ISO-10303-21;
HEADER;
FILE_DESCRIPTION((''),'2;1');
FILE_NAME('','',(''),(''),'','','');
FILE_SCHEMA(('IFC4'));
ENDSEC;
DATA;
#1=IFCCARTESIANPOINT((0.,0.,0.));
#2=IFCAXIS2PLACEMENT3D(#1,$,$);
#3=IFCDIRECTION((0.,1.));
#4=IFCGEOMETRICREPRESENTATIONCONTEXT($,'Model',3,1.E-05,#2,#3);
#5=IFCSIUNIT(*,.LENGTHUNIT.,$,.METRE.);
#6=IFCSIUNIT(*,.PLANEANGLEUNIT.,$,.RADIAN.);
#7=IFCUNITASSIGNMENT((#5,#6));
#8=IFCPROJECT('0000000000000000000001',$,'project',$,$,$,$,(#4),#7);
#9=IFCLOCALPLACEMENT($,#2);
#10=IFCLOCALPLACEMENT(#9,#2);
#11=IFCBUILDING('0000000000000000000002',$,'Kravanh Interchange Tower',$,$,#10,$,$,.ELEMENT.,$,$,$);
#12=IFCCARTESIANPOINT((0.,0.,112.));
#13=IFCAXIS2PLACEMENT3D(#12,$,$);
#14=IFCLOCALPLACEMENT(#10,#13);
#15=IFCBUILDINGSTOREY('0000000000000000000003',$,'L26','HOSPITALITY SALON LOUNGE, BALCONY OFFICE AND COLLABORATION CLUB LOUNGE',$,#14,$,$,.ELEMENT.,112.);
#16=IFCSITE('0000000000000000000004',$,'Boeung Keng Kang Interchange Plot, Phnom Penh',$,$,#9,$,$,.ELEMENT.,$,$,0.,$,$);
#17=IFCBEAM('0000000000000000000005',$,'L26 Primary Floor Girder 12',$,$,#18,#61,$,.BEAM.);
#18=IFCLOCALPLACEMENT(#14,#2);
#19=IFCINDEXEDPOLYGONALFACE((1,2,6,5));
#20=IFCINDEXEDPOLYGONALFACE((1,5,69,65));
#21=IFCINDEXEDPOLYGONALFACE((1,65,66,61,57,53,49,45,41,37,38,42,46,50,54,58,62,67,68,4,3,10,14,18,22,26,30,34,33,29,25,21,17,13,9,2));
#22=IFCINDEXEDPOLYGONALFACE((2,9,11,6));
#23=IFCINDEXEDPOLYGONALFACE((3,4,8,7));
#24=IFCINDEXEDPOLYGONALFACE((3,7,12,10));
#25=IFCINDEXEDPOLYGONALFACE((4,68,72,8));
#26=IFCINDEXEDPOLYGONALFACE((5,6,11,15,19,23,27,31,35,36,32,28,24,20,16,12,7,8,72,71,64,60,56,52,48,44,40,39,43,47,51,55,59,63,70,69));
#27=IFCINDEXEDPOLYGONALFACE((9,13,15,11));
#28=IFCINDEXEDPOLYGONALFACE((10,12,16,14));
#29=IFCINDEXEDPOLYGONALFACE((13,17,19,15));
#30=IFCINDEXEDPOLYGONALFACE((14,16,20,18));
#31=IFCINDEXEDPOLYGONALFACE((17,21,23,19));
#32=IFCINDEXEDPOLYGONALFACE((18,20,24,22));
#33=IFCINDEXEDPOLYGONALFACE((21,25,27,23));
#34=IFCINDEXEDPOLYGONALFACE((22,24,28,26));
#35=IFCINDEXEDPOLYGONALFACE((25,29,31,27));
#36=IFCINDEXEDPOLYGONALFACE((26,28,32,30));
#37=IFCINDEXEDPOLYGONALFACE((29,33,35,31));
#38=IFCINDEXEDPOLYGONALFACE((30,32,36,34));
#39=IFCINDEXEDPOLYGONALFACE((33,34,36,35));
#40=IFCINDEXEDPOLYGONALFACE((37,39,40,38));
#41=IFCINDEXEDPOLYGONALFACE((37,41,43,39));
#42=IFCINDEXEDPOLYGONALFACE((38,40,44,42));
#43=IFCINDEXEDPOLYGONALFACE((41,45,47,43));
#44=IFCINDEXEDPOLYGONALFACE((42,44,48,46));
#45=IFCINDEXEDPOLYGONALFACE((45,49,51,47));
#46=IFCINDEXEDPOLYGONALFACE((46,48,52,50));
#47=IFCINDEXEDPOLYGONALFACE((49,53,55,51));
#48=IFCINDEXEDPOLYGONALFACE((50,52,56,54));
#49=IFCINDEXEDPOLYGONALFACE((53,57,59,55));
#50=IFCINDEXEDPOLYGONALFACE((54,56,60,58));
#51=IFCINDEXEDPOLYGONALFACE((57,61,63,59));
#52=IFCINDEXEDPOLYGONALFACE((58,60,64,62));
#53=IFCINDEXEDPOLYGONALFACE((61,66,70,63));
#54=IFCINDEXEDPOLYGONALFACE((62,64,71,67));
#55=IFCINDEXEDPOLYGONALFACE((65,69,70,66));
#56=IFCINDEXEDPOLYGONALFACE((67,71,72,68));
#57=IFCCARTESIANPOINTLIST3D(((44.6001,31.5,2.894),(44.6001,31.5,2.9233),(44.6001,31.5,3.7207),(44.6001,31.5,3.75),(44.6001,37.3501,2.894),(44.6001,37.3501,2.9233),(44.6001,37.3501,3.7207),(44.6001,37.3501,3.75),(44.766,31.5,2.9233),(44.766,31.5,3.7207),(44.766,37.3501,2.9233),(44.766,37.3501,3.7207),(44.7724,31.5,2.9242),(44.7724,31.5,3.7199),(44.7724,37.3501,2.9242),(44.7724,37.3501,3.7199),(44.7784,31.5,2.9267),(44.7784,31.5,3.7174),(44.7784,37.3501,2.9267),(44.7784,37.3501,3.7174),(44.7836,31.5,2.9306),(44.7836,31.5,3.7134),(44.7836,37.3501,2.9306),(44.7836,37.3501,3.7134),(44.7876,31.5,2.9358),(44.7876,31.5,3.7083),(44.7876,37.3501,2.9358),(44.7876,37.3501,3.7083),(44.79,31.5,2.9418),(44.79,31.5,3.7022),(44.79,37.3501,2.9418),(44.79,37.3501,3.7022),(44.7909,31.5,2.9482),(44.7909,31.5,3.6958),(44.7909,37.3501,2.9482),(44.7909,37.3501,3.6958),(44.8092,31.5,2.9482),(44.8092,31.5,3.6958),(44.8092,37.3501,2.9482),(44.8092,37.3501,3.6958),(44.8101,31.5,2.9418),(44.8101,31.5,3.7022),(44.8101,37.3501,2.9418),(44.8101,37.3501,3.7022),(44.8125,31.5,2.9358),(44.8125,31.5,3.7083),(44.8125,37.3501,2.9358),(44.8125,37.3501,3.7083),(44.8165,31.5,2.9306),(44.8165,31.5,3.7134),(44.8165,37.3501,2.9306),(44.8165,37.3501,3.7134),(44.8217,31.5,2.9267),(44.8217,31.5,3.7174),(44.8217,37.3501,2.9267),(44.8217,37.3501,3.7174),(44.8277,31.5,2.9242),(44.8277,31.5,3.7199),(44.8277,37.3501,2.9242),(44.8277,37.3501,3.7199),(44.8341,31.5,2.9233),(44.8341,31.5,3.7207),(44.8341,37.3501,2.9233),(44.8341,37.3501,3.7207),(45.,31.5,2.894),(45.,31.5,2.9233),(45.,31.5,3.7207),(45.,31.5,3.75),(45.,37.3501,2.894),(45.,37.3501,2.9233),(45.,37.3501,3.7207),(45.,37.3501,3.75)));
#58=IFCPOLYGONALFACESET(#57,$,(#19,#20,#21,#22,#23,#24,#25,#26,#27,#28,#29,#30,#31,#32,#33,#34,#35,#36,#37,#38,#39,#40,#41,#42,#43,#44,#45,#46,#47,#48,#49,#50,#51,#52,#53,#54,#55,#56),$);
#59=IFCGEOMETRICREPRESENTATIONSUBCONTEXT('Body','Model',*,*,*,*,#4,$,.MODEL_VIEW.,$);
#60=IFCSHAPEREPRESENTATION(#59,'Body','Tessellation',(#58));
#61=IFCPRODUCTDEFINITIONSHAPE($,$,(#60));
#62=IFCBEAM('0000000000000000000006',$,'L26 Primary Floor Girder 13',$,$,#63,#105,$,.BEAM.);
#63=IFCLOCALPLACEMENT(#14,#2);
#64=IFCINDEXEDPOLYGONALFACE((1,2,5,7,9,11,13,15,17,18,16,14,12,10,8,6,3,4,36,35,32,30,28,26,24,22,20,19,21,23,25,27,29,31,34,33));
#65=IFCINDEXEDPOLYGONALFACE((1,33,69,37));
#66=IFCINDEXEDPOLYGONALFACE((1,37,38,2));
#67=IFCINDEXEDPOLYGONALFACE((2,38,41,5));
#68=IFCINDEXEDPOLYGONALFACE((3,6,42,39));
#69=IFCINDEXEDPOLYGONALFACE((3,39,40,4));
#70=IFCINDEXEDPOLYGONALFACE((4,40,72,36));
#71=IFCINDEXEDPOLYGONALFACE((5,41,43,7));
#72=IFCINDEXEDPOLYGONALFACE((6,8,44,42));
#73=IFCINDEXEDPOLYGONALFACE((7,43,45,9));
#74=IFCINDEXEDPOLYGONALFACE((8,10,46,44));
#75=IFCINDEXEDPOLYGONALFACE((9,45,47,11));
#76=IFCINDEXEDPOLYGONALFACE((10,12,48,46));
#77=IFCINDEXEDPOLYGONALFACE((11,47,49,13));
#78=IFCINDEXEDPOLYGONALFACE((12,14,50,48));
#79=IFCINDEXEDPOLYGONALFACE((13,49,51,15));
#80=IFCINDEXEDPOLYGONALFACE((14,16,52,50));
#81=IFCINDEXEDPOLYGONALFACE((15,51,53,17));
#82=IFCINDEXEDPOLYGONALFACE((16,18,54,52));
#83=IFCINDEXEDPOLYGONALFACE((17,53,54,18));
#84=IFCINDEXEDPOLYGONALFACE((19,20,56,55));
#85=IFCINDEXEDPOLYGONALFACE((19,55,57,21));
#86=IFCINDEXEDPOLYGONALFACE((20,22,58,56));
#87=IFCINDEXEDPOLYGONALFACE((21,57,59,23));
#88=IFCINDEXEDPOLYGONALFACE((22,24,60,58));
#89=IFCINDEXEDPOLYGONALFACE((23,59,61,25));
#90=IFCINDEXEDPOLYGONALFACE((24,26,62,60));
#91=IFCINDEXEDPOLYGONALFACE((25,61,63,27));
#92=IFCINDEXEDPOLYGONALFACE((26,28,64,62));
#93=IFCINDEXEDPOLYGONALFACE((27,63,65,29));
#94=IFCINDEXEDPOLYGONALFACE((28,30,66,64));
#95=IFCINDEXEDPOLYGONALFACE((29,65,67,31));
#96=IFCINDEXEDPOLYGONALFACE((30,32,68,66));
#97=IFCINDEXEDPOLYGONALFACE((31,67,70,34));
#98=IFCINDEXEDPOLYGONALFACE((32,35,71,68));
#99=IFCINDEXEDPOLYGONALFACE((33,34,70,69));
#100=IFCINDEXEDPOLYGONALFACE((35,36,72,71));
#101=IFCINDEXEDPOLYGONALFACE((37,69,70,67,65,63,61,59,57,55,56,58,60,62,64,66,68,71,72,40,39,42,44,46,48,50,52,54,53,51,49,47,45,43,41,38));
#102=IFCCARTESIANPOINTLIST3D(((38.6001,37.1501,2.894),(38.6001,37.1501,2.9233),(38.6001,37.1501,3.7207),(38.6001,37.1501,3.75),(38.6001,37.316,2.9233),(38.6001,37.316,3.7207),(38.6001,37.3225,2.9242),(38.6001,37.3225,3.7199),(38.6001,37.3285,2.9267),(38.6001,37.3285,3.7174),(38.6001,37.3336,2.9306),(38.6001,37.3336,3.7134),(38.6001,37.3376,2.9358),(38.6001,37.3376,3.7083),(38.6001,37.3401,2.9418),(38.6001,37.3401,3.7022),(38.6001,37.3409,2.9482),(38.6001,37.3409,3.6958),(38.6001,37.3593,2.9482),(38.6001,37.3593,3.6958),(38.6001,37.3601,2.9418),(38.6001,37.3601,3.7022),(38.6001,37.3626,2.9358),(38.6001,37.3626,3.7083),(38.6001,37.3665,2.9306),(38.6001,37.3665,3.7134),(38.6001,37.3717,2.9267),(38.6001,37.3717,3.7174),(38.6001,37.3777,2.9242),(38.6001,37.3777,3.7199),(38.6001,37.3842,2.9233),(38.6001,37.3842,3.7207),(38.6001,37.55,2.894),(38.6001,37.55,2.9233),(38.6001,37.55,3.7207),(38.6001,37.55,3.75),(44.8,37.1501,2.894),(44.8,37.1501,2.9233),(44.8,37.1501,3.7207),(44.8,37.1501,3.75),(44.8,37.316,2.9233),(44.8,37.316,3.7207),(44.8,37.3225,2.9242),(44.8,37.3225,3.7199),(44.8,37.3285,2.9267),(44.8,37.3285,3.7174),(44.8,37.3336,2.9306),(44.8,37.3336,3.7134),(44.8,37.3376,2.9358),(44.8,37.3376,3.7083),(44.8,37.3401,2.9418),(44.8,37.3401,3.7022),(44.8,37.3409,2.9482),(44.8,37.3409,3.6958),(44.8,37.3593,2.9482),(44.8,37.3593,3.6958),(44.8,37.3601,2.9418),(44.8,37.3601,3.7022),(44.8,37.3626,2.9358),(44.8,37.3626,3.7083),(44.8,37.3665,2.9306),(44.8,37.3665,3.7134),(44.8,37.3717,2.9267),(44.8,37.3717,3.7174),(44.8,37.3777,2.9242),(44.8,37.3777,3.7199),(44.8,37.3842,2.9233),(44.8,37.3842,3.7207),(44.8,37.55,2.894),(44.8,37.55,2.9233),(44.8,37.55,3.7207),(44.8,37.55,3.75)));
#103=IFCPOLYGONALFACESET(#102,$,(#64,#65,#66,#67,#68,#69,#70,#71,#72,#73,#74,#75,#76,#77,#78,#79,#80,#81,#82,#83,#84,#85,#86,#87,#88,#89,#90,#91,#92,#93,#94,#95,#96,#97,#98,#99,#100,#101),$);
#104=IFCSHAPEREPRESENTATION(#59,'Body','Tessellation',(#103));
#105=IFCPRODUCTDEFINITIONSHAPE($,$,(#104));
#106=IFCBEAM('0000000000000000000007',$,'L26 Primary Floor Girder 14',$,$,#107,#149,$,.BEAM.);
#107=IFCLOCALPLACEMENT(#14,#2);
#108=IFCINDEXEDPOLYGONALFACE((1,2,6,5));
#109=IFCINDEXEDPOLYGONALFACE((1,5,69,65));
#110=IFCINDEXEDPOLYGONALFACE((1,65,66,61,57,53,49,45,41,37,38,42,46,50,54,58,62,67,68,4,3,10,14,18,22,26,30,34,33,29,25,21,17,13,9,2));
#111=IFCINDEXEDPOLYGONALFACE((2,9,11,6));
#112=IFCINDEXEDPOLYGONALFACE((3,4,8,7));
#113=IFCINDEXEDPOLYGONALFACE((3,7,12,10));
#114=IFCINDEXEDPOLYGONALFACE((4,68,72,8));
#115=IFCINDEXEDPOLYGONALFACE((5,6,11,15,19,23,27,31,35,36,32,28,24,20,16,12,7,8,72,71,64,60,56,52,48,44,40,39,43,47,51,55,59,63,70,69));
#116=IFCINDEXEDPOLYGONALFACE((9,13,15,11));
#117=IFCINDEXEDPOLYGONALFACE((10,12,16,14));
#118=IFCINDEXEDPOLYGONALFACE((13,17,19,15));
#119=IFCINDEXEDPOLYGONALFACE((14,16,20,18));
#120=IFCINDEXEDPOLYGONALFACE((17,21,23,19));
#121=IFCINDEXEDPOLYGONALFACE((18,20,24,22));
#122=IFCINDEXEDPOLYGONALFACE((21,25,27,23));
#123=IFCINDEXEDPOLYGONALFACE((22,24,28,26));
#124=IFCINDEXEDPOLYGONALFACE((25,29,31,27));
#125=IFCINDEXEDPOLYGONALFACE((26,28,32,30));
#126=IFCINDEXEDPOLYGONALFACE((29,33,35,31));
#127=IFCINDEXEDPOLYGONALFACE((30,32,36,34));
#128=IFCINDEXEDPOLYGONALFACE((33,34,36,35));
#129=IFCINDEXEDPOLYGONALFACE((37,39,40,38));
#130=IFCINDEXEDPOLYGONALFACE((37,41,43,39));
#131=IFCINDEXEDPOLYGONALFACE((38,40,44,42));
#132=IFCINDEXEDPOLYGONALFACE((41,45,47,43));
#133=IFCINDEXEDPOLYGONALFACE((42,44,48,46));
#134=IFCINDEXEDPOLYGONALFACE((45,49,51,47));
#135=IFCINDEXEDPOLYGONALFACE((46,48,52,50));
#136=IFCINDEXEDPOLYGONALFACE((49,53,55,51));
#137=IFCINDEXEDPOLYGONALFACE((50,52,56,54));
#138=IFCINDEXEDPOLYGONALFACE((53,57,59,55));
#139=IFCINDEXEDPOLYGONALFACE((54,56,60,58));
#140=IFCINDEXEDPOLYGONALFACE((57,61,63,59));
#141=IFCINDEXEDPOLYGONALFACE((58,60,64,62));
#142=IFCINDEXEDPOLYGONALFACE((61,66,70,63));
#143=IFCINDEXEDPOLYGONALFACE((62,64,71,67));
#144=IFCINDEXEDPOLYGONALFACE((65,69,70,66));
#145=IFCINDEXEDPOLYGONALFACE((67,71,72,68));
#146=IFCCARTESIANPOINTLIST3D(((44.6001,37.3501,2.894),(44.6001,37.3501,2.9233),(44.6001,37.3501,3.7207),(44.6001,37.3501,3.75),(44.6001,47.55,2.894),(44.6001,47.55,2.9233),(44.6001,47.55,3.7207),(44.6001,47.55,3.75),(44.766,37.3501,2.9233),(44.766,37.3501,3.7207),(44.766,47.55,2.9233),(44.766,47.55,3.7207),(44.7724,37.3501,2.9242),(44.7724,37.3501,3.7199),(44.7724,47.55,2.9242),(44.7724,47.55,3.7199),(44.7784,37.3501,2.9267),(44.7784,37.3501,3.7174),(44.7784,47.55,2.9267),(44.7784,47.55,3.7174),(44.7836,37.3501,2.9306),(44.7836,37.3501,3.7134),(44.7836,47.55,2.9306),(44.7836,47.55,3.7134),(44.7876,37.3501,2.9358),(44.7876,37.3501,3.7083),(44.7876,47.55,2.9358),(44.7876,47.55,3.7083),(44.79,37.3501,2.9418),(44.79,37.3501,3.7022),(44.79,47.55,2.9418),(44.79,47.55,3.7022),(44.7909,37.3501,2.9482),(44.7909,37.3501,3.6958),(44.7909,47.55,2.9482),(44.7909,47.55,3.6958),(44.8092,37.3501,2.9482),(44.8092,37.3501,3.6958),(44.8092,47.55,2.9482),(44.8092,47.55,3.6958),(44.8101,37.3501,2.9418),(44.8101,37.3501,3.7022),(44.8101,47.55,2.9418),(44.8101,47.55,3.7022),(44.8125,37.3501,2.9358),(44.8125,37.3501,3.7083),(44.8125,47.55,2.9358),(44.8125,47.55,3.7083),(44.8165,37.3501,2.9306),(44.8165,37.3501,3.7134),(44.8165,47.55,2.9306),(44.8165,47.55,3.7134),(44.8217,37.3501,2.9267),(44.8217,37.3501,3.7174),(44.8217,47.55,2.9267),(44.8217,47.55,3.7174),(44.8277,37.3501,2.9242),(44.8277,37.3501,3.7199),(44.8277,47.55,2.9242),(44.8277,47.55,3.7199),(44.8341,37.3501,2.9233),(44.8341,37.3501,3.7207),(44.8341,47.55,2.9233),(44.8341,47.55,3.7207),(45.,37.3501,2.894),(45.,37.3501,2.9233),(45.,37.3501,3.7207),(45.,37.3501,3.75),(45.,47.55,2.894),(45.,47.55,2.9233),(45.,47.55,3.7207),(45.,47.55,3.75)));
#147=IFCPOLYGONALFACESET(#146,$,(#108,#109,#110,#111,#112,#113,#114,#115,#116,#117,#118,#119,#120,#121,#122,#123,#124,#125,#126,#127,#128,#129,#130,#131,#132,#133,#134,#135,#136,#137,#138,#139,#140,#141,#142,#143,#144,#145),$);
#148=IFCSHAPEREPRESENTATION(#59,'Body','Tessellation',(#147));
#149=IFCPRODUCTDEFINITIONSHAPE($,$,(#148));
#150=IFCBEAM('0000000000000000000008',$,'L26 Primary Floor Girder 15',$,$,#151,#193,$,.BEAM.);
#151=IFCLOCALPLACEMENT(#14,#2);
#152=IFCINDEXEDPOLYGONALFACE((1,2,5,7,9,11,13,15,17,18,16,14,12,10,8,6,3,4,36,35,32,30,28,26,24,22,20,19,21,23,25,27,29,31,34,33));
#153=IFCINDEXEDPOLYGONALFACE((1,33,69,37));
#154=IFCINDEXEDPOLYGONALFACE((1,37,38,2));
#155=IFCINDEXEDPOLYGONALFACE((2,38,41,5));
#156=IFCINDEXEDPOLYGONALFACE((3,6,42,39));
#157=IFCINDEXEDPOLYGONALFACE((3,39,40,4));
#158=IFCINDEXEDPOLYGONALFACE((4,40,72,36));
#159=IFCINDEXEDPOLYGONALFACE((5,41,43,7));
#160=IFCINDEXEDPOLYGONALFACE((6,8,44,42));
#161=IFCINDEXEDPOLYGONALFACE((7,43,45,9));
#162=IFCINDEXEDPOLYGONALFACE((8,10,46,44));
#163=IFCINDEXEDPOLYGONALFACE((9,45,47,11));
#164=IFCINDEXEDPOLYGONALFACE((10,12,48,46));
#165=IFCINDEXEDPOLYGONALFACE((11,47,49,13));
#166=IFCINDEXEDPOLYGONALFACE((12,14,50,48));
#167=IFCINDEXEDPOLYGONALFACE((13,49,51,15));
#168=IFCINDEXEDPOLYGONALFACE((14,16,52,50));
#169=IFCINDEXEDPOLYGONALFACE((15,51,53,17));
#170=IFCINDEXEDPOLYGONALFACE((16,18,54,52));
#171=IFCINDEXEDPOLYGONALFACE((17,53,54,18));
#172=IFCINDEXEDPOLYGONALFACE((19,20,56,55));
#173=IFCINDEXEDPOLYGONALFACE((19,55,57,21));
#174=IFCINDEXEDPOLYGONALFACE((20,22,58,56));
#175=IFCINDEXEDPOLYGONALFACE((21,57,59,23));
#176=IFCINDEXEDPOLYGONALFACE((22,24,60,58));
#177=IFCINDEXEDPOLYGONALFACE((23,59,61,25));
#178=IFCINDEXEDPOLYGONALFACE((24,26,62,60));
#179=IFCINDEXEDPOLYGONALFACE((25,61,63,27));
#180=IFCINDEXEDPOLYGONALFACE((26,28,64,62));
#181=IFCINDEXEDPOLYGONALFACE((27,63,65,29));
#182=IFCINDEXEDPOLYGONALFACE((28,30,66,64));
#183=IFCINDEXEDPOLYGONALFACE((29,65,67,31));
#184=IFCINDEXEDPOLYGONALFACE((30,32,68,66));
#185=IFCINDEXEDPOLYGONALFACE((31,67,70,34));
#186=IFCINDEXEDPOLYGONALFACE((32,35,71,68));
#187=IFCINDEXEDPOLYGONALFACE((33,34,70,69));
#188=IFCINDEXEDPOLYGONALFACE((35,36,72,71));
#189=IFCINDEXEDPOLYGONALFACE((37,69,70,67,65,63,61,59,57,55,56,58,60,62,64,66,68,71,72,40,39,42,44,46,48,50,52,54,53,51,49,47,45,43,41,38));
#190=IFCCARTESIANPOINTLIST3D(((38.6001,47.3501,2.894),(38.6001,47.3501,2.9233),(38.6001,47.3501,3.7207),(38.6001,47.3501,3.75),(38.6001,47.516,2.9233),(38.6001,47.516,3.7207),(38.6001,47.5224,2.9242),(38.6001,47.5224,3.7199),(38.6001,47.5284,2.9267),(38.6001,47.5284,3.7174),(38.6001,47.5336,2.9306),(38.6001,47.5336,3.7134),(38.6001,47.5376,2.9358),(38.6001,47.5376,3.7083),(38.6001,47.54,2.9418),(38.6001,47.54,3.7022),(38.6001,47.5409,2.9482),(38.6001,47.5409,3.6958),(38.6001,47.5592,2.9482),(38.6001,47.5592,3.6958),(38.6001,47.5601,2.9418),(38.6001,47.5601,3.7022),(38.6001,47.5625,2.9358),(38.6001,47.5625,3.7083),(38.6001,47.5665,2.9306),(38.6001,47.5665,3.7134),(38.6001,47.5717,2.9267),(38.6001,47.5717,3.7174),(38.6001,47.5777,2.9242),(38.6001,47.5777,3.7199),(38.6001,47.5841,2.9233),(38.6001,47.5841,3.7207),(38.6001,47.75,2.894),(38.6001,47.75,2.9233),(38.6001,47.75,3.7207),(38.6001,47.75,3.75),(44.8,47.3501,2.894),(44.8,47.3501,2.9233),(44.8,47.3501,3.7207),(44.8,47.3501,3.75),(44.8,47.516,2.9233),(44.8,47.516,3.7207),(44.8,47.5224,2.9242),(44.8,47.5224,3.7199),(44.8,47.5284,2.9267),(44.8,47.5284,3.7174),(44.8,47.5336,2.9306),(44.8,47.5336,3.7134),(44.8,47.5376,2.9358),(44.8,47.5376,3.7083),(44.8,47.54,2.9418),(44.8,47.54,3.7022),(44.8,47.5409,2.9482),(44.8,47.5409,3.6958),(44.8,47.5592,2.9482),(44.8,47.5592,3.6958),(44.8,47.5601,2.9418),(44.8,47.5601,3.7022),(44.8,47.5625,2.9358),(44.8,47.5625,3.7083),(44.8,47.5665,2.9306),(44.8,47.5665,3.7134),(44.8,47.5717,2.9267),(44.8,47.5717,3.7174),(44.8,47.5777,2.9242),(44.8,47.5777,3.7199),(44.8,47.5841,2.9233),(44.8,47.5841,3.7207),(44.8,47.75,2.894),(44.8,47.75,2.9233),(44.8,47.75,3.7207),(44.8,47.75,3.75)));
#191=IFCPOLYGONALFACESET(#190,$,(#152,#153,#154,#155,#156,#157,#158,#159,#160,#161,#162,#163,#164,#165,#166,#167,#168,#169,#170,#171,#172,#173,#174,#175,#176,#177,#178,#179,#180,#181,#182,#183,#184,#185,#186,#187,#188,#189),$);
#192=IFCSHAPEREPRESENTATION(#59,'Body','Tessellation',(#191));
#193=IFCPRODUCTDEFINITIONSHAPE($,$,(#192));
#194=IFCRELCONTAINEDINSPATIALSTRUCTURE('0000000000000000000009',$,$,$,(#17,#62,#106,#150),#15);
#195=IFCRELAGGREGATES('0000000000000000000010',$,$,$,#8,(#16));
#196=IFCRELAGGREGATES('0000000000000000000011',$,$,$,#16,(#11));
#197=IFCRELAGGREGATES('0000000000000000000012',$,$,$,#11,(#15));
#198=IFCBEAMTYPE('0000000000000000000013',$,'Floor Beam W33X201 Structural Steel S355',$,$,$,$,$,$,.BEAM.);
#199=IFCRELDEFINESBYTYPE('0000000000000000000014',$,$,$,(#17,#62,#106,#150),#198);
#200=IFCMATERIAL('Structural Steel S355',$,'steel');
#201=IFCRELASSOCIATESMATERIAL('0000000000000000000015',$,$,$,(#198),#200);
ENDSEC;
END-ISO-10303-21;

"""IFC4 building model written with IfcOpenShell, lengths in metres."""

from ifc_helpers import new_model, si_unit, direction, frame, origin, origin_2d, place, context, subcontext, project, spatial, i_section, extrude, material, material_profile, profile_set, type_object, element, save


model = new_model("IFC4")

# Units and contexts
model_context = context("Model", 3, precision=1e-05, world=origin(), true_north=direction((0.0, 1.0)))
body_context = subcontext(model_context, "Body", "Model", "MODEL_VIEW")
ifc_project = project(units=[si_unit("LENGTHUNIT", "METRE"), si_unit("PLANEANGLEUNIT", "RADIAN")], contexts=[model_context])

# Site, building, storey
site_placement = place(None, origin())
site = spatial("IfcSite", under=ifc_project, at=site_placement, Name="Boeung Keng Kang Interchange Plot, Phnom Penh", CompositionType="ELEMENT", RefElevation=0.0)
building_placement = place(site_placement, origin())
building = spatial("IfcBuilding", under=site, at=building_placement, Name="Kravanh Interchange Tower", CompositionType="ELEMENT")
storey_placement = place(building_placement, frame((0.0, 0.0, 112.0)))
storey = spatial("IfcBuildingStorey", under=building, at=storey_placement, Name="L26", Description="HOSPITALITY SALON LOUNGE, BALCONY OFFICE AND COLLABORATION CLUB LOUNGE", CompositionType="ELEMENT", Elevation=112.0)

# Beams
ifc_material_1 = material(Name="Structural Steel S355", Category="steel")
ifc_material_profile_1 = material_profile(ifc_material_1, i_section(OverallWidth=0.3999, OverallDepth=0.856, WebThickness=0.0183, FlangeThickness=0.0293, FilletRadius=0.0249, at=origin_2d()), Name="W33X201")
ifc_profile_set_1 = profile_set([ifc_material_profile_1], Name="Structural Steel S355")
beam_type_1 = type_object("IfcBeamType", Name="Floor Beam W33X201 Structural Steel S355", PredefinedType="BEAM", material=ifc_profile_set_1)
beam_1_placement = place(storey_placement, frame((44.8, 37.3501, 3.322), z_axis=(0.0, -1.0, 0.0), x_axis=(1.0, 0.0, 0.0)))
element("IfcBeam", 1, at=beam_1_placement, inside=storey, type_object=beam_type_1, Name="L26 Primary Floor Girder 12", PredefinedType="BEAM", context=body_context, shape_type="SweptSolid", body=[
    extrude(i_section(OverallWidth=0.3999, OverallDepth=0.856, WebThickness=0.0183, FlangeThickness=0.0293, FilletRadius=0.0249, at=origin_2d()), origin(), (0.0, 0.0, 1.0), 5.8501),
])
beam_2_placement = place(storey_placement, frame((44.8, 37.3501, 3.322), z_axis=(-1.0, 0.0, 0.0), x_axis=(0.0, -1.0, 0.0)))
element("IfcBeam", 2, at=beam_2_placement, inside=storey, type_object=beam_type_1, Name="L26 Primary Floor Girder 13", PredefinedType="BEAM", context=body_context, shape_type="SweptSolid", body=[
    extrude(i_section(OverallWidth=0.3999, OverallDepth=0.856, WebThickness=0.0183, FlangeThickness=0.0293, FilletRadius=0.0249, at=origin_2d()), origin(), (0.0, 0.0, 1.0), 6.2),
])
beam_3_placement = place(storey_placement, frame((44.8, 37.3501, 3.322), z_axis=(0.0, 1.0, 0.0), x_axis=(-1.0, 0.0, 0.0)))
element("IfcBeam", 3, at=beam_3_placement, inside=storey, type_object=beam_type_1, Name="L26 Primary Floor Girder 14", PredefinedType="BEAM", context=body_context, shape_type="SweptSolid", body=[
    extrude(i_section(OverallWidth=0.3999, OverallDepth=0.856, WebThickness=0.0183, FlangeThickness=0.0293, FilletRadius=0.0249, at=origin_2d()), origin(), (0.0, 0.0, 1.0), 10.2),
])
beam_4_placement = place(storey_placement, frame((44.8, 47.55, 3.322), z_axis=(-1.0, 0.0, 0.0), x_axis=(0.0, -1.0, 0.0)))
element("IfcBeam", 4, at=beam_4_placement, inside=storey, type_object=beam_type_1, Name="L26 Primary Floor Girder 15", PredefinedType="BEAM", context=body_context, shape_type="SweptSolid", body=[
    extrude(i_section(OverallWidth=0.3999, OverallDepth=0.856, WebThickness=0.0183, FlangeThickness=0.0293, FilletRadius=0.0249, at=origin_2d()), origin(), (0.0, 0.0, 1.0), 6.2),
])

save(model, "model.ifc")
